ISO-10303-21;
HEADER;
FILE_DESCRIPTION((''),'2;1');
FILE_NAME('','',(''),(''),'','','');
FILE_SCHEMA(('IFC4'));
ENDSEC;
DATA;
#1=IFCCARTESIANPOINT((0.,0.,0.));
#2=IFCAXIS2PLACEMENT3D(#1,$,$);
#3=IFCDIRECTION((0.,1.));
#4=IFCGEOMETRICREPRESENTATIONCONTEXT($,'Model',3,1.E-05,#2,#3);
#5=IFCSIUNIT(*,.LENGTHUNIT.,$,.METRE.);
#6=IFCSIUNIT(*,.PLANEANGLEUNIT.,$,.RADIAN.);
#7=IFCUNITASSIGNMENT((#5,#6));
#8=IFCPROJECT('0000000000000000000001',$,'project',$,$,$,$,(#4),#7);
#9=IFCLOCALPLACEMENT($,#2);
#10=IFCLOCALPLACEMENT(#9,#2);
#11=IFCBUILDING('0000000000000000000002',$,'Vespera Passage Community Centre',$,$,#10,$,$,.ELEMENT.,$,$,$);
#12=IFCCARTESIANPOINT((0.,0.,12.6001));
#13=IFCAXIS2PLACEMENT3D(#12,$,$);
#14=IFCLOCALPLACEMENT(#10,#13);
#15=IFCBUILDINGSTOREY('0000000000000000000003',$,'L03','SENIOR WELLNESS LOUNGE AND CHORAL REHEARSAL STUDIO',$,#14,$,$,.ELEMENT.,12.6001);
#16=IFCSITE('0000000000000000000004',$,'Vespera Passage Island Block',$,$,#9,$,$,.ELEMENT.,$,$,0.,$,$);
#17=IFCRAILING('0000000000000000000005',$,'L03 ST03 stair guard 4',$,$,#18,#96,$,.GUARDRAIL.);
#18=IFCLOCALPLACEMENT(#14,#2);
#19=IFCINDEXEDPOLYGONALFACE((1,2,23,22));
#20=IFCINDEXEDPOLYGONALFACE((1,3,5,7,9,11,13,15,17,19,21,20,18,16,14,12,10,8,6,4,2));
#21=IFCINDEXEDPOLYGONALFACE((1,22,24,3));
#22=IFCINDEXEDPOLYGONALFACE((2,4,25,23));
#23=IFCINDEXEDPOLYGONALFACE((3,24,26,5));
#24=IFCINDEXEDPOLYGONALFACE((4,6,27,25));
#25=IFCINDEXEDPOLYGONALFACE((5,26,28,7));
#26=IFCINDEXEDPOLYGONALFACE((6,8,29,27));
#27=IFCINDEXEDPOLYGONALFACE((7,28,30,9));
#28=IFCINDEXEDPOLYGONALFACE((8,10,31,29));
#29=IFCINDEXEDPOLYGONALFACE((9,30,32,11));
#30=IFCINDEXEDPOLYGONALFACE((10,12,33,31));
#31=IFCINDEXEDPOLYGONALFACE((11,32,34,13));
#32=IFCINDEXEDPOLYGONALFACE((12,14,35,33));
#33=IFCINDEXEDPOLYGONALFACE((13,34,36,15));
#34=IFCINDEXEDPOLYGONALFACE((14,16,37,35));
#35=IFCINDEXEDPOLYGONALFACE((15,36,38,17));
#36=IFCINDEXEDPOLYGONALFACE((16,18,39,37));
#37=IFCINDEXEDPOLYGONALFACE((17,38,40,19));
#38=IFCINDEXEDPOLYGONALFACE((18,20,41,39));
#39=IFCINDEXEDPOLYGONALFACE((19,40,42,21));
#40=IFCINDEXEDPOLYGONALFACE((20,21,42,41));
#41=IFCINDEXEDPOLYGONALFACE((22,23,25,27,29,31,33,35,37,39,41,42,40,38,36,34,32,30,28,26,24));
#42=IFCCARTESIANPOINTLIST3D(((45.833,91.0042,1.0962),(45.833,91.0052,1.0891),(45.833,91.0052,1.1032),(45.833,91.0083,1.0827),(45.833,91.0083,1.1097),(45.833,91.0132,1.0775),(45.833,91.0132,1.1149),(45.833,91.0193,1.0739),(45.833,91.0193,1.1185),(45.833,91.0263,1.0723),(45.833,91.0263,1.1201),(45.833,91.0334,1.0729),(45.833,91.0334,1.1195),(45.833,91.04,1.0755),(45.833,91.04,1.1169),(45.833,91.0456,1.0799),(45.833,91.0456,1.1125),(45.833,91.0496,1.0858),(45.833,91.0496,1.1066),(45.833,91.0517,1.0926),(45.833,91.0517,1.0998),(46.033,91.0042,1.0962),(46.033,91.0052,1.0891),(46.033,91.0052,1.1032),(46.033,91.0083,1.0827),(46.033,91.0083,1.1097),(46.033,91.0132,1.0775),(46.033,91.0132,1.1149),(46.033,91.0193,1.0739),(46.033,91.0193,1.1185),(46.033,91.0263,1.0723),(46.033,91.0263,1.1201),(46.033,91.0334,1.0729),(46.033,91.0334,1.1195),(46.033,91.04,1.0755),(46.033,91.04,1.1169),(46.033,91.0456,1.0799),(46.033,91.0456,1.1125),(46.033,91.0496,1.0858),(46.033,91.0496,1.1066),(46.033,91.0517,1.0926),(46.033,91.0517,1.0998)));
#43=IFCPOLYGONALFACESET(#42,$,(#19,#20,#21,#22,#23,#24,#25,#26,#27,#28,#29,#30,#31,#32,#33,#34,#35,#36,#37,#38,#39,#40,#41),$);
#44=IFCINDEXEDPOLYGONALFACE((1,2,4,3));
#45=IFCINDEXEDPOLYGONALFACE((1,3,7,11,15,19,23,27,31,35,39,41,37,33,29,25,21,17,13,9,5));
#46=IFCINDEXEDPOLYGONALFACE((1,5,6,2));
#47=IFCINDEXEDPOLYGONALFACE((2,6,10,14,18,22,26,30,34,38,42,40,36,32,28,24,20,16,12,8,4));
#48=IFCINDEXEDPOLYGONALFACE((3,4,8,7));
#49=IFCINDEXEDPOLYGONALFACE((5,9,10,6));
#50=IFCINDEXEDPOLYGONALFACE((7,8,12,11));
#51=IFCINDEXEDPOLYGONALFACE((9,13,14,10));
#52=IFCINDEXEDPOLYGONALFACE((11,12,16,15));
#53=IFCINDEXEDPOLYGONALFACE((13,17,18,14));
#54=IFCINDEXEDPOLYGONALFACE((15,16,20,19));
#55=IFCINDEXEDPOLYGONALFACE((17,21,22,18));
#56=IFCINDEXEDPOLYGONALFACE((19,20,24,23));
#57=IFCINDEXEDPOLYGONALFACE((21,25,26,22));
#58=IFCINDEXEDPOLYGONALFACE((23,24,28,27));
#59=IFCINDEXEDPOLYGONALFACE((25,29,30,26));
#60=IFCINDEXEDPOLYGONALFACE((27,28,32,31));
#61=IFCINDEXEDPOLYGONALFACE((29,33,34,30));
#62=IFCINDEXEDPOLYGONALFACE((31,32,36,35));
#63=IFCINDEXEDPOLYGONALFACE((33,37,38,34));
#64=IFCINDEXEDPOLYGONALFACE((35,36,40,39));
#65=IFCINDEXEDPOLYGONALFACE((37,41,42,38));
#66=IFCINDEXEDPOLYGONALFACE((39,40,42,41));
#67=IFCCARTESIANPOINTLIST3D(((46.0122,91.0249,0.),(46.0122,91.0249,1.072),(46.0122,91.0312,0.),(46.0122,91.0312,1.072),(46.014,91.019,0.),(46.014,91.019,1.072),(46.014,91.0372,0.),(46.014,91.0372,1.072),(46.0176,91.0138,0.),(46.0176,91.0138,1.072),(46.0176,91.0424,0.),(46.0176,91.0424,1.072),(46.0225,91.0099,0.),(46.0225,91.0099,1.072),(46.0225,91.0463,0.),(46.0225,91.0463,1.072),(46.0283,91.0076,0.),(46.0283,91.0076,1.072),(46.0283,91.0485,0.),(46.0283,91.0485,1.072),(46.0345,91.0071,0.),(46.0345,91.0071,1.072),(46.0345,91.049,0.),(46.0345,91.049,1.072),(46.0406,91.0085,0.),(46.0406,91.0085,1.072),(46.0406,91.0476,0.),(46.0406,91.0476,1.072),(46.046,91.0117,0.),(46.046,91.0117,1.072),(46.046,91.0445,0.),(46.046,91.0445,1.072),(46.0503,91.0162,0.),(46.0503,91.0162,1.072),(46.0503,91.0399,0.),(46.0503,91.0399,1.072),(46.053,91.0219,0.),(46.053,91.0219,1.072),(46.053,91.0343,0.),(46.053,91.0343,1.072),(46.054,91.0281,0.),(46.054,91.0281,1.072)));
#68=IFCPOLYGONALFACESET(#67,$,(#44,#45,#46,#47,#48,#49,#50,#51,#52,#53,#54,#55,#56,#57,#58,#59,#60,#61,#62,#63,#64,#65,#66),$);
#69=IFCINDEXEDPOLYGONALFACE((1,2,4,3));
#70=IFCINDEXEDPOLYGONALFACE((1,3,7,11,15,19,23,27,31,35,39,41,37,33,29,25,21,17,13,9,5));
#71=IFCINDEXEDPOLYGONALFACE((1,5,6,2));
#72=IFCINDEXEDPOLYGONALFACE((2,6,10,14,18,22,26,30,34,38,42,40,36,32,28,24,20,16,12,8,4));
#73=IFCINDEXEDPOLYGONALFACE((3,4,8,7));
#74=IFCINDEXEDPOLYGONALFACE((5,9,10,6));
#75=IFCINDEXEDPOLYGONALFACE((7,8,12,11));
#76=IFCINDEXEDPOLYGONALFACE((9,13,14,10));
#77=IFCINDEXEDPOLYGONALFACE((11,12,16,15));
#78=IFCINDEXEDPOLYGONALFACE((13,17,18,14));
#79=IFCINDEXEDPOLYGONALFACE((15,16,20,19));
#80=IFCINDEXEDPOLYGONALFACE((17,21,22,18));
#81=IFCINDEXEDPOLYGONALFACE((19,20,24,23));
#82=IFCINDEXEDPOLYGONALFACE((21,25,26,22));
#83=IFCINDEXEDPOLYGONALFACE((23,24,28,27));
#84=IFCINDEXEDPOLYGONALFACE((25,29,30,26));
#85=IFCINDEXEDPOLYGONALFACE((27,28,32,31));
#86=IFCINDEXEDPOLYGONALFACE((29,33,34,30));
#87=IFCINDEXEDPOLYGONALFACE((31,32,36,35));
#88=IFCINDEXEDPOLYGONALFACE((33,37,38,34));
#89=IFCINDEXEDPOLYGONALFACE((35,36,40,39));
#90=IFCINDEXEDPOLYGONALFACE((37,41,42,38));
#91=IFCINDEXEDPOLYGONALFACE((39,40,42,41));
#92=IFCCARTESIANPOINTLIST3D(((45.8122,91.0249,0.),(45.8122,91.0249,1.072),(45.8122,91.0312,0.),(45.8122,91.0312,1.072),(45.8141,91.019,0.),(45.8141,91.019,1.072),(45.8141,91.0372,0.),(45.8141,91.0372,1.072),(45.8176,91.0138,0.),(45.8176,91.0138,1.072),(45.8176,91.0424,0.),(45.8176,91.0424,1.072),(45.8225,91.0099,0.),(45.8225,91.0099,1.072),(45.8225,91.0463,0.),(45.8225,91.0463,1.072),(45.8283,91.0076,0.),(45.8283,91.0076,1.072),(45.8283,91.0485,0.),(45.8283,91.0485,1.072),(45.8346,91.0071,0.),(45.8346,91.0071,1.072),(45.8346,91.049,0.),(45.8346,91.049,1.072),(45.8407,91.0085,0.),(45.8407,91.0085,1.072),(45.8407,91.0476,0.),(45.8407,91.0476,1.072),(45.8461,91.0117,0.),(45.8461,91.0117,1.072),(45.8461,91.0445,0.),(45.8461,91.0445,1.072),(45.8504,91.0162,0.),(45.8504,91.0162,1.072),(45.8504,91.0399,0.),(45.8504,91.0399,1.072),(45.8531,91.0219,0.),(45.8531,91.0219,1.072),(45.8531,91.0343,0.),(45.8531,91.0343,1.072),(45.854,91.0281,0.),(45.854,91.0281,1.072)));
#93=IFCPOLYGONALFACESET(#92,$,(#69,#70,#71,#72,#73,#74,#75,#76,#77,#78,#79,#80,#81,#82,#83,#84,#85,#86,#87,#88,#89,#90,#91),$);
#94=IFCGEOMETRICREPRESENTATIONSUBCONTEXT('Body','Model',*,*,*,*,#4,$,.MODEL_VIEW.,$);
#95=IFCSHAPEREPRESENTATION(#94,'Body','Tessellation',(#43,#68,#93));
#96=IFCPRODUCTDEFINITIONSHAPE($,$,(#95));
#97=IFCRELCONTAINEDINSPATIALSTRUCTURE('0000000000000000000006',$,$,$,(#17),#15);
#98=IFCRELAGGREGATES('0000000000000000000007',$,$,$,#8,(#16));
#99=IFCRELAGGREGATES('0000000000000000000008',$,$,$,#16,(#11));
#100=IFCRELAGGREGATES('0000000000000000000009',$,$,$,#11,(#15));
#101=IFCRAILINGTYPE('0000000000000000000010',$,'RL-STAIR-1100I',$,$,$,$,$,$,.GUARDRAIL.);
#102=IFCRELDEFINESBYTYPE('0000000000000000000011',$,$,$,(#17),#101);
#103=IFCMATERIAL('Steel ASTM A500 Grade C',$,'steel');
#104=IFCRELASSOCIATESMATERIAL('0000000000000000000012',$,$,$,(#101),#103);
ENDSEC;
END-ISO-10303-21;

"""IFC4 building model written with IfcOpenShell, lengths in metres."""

from ifc_helpers import new_model, si_unit, direction, frame, origin, origin_2d, place, context, subcontext, project, spatial, circle, extrude, material, type_object, element, save


model = new_model("IFC4")

# Units and contexts
model_context = context("Model", 3, precision=1e-05, world=origin(), true_north=direction((0.0, 1.0)))
body_context = subcontext(model_context, "Body", "Model", "MODEL_VIEW")
ifc_project = project(units=[si_unit("LENGTHUNIT", "METRE"), si_unit("PLANEANGLEUNIT", "RADIAN")], contexts=[model_context])

# Site, building, storey
site_placement = place(None, origin())
site = spatial("IfcSite", under=ifc_project, at=site_placement, Name="Vespera Passage Island Block", CompositionType="ELEMENT", RefElevation=0.0)
building_placement = place(site_placement, origin())
building = spatial("IfcBuilding", under=site, at=building_placement, Name="Vespera Passage Community Centre", CompositionType="ELEMENT")
storey_placement = place(building_placement, frame((0.0, 0.0, 12.6001)))
storey = spatial("IfcBuildingStorey", under=building, at=storey_placement, Name="L03", Description="SENIOR WELLNESS LOUNGE AND CHORAL REHEARSAL STUDIO", CompositionType="ELEMENT", Elevation=12.6001)

# Railing
ifc_material_1 = material(Name="Steel ASTM A500 Grade C", Category="steel")
railing_type_1 = type_object("IfcRailingType", Name="RL-STAIR-1100I", PredefinedType="GUARDRAIL", material=ifc_material_1)
railing_1_placement = place(storey_placement, frame((46.033, 91.0281, 0.0)))
element("IfcRailing", 1, at=railing_1_placement, inside=storey, type_object=railing_type_1, Name="L03 ST03 stair guard 4", PredefinedType="GUARDRAIL", context=body_context, shape_type="SweptSolid", body=[
    extrude(circle(Radius=0.0239, at=origin_2d()), frame((0.0, 0.0, 1.0962), z_axis=(-1.0, 0.0, 0.0), x_axis=(0.0, -1.0, 0.0)), (0.0, 0.0, 1.0), 0.2),
    extrude(circle(Radius=0.021, at=origin_2d()), origin(), (0.0, 0.0, 1.0), 1.072),
    extrude(circle(Radius=0.021, at=origin_2d()), frame((-0.2, 0.0, 0.0)), (0.0, 0.0, 1.0), 1.072),
])

save(model, "model.ifc")
